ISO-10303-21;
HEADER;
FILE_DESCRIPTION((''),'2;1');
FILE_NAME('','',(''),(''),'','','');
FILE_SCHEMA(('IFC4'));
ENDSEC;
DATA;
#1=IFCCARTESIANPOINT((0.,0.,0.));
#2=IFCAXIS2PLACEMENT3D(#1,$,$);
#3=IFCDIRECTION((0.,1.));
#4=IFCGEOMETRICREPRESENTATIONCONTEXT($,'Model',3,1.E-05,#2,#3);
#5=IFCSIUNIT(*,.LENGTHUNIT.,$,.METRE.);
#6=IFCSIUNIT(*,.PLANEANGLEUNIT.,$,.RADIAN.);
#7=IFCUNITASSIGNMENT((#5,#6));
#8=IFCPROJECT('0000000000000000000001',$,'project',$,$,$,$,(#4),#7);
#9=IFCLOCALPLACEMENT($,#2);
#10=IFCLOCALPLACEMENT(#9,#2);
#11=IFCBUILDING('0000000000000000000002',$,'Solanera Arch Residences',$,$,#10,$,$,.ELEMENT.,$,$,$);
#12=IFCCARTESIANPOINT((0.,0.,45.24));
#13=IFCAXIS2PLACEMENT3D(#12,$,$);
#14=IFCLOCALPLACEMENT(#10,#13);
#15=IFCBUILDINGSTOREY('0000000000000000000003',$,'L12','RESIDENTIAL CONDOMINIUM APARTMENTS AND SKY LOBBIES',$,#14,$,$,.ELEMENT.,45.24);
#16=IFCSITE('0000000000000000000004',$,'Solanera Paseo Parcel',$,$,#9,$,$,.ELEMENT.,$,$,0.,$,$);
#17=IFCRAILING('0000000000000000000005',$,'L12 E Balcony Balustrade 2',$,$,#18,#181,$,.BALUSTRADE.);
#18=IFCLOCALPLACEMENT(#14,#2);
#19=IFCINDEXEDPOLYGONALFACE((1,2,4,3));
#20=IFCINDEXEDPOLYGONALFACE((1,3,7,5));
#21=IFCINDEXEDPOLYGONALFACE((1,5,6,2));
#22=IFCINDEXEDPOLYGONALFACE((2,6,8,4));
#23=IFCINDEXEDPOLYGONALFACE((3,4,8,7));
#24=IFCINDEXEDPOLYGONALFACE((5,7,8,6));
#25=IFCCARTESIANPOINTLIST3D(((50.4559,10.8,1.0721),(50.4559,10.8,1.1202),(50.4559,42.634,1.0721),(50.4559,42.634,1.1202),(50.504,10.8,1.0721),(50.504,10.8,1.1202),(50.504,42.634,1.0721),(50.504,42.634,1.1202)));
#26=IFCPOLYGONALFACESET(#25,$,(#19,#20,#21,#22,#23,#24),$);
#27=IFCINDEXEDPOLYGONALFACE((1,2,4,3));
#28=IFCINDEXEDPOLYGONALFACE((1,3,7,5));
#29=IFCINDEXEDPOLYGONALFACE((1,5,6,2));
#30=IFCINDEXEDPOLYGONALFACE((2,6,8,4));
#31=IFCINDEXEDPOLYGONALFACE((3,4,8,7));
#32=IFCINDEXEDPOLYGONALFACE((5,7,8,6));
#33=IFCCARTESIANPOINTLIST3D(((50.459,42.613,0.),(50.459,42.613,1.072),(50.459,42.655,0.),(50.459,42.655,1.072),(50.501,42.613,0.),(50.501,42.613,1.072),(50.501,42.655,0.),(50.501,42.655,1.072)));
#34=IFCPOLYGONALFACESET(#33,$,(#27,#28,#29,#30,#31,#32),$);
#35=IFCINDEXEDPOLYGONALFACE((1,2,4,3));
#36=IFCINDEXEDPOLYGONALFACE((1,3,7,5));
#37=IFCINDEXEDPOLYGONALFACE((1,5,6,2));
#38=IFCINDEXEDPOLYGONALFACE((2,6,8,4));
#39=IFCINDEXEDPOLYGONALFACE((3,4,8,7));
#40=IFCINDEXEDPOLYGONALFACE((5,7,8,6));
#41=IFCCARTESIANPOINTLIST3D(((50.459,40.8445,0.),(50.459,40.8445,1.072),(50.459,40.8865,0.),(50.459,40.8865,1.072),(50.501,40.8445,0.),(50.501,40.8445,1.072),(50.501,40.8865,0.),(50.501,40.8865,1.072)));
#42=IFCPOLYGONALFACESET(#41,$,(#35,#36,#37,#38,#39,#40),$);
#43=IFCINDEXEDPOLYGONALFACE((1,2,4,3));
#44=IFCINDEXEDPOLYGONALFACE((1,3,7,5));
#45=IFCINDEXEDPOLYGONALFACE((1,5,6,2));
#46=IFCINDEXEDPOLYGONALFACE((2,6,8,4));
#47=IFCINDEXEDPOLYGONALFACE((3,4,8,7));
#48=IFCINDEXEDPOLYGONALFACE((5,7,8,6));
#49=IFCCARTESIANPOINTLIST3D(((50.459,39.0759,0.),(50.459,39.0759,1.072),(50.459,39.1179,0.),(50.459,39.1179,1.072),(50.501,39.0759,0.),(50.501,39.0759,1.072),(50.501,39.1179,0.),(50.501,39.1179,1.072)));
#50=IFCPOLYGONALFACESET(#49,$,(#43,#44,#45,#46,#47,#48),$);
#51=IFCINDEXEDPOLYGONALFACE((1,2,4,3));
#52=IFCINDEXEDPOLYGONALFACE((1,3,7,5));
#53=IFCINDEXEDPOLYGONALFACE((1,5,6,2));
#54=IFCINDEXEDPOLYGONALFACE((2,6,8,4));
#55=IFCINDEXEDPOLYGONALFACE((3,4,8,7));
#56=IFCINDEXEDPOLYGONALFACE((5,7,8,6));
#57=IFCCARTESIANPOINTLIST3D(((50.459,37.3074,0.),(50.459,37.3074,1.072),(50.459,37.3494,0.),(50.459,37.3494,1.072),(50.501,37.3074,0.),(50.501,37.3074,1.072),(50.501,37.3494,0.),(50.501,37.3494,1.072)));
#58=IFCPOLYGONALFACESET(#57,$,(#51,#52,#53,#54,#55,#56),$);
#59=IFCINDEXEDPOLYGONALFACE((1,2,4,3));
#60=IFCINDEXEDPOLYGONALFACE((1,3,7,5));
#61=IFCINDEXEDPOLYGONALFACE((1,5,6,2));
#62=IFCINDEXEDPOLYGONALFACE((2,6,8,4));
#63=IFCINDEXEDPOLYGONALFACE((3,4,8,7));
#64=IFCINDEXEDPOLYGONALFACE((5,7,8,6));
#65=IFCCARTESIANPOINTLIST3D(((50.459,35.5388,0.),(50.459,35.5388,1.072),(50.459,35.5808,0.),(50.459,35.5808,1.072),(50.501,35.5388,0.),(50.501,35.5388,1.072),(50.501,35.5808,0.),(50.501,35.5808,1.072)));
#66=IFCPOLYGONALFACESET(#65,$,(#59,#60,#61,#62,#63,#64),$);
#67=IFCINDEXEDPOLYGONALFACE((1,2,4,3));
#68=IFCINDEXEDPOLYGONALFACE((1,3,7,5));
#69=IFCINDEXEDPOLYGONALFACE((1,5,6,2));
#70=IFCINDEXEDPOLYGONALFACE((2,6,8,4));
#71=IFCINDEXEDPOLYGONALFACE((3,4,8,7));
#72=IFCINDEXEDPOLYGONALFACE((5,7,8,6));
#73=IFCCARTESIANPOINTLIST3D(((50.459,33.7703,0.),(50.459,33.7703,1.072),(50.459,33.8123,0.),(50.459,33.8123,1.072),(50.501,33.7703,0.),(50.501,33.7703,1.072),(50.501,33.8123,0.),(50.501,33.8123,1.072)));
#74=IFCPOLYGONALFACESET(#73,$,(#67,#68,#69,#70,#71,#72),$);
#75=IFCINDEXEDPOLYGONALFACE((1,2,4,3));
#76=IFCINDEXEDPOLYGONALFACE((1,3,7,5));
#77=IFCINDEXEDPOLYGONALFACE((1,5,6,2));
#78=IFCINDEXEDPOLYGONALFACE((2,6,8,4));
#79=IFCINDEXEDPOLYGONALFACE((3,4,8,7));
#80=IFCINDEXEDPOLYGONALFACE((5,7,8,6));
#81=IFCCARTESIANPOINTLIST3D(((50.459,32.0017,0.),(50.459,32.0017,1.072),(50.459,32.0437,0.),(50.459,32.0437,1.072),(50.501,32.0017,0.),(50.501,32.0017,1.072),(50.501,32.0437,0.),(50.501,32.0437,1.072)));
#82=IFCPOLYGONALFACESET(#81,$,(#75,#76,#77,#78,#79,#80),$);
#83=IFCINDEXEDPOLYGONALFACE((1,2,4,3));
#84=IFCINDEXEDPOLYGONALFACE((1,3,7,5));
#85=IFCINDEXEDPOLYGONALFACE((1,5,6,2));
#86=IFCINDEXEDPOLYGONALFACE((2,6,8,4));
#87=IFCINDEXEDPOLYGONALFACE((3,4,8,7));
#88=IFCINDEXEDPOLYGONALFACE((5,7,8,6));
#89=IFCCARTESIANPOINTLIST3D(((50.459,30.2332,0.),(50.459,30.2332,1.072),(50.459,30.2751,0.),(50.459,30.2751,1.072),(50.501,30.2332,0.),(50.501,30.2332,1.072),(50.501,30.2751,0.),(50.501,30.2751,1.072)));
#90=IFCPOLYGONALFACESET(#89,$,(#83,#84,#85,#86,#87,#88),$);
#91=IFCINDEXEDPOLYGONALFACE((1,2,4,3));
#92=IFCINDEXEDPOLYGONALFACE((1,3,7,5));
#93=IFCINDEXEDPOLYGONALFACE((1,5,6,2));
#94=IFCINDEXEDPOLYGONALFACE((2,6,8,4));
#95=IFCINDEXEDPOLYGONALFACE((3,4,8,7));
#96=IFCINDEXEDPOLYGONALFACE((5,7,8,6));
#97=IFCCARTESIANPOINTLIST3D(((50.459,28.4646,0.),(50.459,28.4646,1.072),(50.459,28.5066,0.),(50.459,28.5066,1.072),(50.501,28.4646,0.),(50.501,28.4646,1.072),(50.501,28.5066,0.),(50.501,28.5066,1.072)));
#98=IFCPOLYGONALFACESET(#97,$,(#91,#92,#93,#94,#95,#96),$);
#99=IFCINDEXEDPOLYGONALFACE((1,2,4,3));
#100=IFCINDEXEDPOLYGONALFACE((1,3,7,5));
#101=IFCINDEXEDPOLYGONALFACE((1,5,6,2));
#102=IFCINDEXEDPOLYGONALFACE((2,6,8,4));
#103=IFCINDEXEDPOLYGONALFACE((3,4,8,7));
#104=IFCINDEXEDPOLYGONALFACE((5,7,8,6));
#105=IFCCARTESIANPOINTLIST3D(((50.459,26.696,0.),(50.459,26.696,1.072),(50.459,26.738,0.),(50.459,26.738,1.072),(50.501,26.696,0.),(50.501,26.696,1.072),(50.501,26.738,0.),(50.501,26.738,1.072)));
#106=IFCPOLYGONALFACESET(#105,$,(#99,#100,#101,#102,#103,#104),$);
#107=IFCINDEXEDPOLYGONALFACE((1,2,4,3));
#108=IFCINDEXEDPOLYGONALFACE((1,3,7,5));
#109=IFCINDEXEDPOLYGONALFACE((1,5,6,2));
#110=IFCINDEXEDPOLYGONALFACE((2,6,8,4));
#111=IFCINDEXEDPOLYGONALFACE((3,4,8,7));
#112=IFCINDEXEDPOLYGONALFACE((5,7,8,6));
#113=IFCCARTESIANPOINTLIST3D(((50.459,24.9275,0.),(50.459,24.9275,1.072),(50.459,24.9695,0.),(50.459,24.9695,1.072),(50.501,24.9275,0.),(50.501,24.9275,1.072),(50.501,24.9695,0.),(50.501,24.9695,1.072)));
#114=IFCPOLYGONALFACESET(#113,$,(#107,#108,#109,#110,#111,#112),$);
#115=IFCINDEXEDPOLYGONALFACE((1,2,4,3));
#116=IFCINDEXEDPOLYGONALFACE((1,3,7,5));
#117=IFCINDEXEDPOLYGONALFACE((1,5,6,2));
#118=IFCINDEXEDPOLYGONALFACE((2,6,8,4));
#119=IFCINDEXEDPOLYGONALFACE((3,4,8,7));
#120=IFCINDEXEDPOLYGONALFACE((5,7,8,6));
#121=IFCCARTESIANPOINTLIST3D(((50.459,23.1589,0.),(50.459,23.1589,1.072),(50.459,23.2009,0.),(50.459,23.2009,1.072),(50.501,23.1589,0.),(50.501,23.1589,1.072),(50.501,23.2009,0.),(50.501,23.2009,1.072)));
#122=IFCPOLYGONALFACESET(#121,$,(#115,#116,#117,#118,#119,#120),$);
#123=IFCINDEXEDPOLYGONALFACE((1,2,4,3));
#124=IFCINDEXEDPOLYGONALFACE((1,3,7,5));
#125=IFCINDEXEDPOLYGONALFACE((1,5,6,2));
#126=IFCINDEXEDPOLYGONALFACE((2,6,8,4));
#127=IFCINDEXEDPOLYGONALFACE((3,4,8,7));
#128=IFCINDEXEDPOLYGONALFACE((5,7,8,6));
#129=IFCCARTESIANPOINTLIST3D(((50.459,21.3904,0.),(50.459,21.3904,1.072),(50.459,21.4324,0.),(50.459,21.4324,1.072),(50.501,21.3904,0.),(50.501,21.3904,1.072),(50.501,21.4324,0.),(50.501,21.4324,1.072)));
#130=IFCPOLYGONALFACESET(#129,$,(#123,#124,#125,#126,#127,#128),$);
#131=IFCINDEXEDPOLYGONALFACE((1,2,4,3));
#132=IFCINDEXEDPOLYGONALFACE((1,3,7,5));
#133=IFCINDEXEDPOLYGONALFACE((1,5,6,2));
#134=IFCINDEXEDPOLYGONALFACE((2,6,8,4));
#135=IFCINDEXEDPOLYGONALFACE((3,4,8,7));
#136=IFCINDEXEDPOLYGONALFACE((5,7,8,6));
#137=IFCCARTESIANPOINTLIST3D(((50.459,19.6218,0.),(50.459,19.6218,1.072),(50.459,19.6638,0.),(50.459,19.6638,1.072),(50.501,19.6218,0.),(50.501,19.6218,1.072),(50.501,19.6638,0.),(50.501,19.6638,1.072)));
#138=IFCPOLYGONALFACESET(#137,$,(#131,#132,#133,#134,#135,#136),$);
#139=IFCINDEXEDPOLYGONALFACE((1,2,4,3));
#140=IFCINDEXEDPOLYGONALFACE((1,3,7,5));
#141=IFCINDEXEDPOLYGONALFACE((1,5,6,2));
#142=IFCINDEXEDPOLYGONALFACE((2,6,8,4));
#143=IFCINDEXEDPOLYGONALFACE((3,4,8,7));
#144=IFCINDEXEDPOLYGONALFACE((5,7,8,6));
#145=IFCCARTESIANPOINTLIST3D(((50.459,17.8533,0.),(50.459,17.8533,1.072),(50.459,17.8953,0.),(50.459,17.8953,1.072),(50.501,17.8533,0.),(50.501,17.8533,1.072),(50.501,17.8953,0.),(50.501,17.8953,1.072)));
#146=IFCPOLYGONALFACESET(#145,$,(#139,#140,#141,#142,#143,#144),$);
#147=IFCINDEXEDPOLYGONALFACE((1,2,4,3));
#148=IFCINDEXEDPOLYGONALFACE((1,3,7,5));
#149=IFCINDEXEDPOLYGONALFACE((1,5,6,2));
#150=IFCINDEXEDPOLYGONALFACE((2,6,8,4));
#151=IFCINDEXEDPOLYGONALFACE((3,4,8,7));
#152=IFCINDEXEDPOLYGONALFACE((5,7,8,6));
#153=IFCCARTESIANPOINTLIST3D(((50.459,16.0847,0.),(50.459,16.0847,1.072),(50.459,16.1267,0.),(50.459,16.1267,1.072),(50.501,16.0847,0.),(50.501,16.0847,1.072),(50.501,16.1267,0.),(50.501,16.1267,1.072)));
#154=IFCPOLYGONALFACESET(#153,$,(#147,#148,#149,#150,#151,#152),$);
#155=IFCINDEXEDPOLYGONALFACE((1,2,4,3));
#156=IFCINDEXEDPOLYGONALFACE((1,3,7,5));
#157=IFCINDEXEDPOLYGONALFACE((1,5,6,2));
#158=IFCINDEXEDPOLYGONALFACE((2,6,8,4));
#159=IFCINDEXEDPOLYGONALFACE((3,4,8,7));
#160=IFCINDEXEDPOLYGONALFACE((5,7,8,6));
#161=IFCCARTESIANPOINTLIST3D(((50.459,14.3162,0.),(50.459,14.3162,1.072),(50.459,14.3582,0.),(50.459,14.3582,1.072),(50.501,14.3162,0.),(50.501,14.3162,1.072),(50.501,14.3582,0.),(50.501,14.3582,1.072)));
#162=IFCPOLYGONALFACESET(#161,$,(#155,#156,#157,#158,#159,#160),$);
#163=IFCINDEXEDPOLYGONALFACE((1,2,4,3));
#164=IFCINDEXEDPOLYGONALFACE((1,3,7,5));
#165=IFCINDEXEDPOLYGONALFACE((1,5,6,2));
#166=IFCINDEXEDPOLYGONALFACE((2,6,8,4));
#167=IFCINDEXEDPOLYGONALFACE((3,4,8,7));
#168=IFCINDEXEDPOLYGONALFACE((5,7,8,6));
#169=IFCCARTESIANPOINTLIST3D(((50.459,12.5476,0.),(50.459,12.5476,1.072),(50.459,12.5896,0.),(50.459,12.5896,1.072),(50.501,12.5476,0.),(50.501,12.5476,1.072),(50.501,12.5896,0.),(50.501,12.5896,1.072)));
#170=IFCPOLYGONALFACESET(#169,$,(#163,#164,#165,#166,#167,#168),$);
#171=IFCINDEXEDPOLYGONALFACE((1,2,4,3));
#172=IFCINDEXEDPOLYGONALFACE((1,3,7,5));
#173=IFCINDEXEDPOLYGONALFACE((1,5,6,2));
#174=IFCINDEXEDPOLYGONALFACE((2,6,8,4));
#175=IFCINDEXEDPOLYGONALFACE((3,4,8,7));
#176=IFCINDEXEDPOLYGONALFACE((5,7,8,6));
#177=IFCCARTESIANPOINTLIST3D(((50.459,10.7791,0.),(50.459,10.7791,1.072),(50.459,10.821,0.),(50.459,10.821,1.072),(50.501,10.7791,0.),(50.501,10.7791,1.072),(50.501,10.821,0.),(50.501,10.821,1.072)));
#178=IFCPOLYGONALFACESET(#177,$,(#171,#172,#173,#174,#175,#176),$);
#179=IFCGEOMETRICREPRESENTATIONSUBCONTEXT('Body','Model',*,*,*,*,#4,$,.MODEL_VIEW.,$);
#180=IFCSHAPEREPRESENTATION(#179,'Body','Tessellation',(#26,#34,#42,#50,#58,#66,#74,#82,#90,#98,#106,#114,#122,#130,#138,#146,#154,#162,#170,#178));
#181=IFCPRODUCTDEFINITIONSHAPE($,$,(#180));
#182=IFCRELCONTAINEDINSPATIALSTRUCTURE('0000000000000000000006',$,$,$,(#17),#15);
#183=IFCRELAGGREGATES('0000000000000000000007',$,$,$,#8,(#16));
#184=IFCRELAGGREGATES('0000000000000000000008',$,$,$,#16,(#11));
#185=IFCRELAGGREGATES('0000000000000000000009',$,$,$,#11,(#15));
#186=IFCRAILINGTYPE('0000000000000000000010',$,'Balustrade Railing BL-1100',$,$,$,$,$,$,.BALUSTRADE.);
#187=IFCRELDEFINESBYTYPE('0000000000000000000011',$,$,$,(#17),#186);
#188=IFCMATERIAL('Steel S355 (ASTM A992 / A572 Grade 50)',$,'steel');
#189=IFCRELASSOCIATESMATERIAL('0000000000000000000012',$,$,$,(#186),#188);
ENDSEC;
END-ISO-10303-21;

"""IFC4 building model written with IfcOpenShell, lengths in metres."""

from ifc_helpers import new_model, si_unit, direction, frame, origin, origin_2d, place, context, subcontext, project, spatial, rectangle, extrude, material, type_object, element, save


model = new_model("IFC4")

# Units and contexts
model_context = context("Model", 3, precision=1e-05, world=origin(), true_north=direction((0.0, 1.0)))
body_context = subcontext(model_context, "Body", "Model", "MODEL_VIEW")
ifc_project = project(units=[si_unit("LENGTHUNIT", "METRE"), si_unit("PLANEANGLEUNIT", "RADIAN")], contexts=[model_context])

# Site, building, storey
site_placement = place(None, origin())
site = spatial("IfcSite", under=ifc_project, at=site_placement, Name="Solanera Paseo Parcel", CompositionType="ELEMENT", RefElevation=0.0)
building_placement = place(site_placement, origin())
building = spatial("IfcBuilding", under=site, at=building_placement, Name="Solanera Arch Residences", CompositionType="ELEMENT")
storey_placement = place(building_placement, frame((0.0, 0.0, 45.24)))
storey = spatial("IfcBuildingStorey", under=building, at=storey_placement, Name="L12", Description="RESIDENTIAL CONDOMINIUM APARTMENTS AND SKY LOBBIES", CompositionType="ELEMENT", Elevation=45.24)

# Railing
ifc_material_1 = material(Name="Steel S355 (ASTM A992 / A572 Grade 50)", Category="steel")
railing_type = type_object("IfcRailingType", Name="Balustrade Railing BL-1100", PredefinedType="BALUSTRADE", material=ifc_material_1)
railing_1_placement = place(storey_placement, frame((50.48, 42.634, 0.0)))
element("IfcRailing", 1, at=railing_1_placement, inside=storey, type_object=railing_type, Name="L12 E Balcony Balustrade 2", PredefinedType="BALUSTRADE", context=body_context, shape_type="SweptSolid", body=[
    extrude(rectangle(XDim=0.0481, YDim=0.0481, at=origin_2d()), frame((0.0, 0.0, 1.0962), z_axis=(0.0, -1.0, 0.0), x_axis=(1.0, 0.0, 0.0)), (0.0, 0.0, 1.0), 31.834),
    extrude(rectangle(XDim=0.042, YDim=0.042, at=origin_2d()), origin(), (0.0, 0.0, 1.0), 1.072),
    extrude(rectangle(XDim=0.042, YDim=0.042, at=origin_2d()), frame((0.0, -1.7686, 0.0)), (0.0, 0.0, 1.0), 1.072),
    extrude(rectangle(XDim=0.042, YDim=0.042, at=origin_2d()), frame((0.0, -3.5371, 0.0)), (0.0, 0.0, 1.0), 1.072),
    extrude(rectangle(XDim=0.042, YDim=0.042, at=origin_2d()), frame((0.0, -5.3057, 0.0)), (0.0, 0.0, 1.0), 1.072),
    extrude(rectangle(XDim=0.042, YDim=0.042, at=origin_2d()), frame((0.0, -7.0742, 0.0)), (0.0, 0.0, 1.0), 1.072),
    extrude(rectangle(XDim=0.042, YDim=0.042, at=origin_2d()), frame((0.0, -8.8428, 0.0)), (0.0, 0.0, 1.0), 1.072),
    extrude(rectangle(XDim=0.042, YDim=0.042, at=origin_2d()), frame((0.0, -10.6113, 0.0)), (0.0, 0.0, 1.0), 1.072),
    extrude(rectangle(XDim=0.042, YDim=0.042, at=origin_2d()), frame((0.0, -12.3799, 0.0)), (0.0, 0.0, 1.0), 1.072),
    extrude(rectangle(XDim=0.042, YDim=0.042, at=origin_2d()), frame((0.0, -14.1484, 0.0)), (0.0, 0.0, 1.0), 1.072),
    extrude(rectangle(XDim=0.042, YDim=0.042, at=origin_2d()), frame((0.0, -15.917, 0.0)), (0.0, 0.0, 1.0), 1.072),
    extrude(rectangle(XDim=0.042, YDim=0.042, at=origin_2d()), frame((0.0, -17.6855, 0.0)), (0.0, 0.0, 1.0), 1.072),
    extrude(rectangle(XDim=0.042, YDim=0.042, at=origin_2d()), frame((0.0, -19.4541, 0.0)), (0.0, 0.0, 1.0), 1.072),
    extrude(rectangle(XDim=0.042, YDim=0.042, at=origin_2d()), frame((0.0, -21.2227, 0.0)), (0.0, 0.0, 1.0), 1.072),
    extrude(rectangle(XDim=0.042, YDim=0.042, at=origin_2d()), frame((0.0, -22.9912, 0.0)), (0.0, 0.0, 1.0), 1.072),
    extrude(rectangle(XDim=0.042, YDim=0.042, at=origin_2d()), frame((0.0, -24.7598, 0.0)), (0.0, 0.0, 1.0), 1.072),
    extrude(rectangle(XDim=0.042, YDim=0.042, at=origin_2d()), frame((0.0, -26.5283, 0.0)), (0.0, 0.0, 1.0), 1.072),
    extrude(rectangle(XDim=0.042, YDim=0.042, at=origin_2d()), frame((0.0, -28.2969, 0.0)), (0.0, 0.0, 1.0), 1.072),
    extrude(rectangle(XDim=0.042, YDim=0.042, at=origin_2d()), frame((0.0, -30.0654, 0.0)), (0.0, 0.0, 1.0), 1.072),
    extrude(rectangle(XDim=0.042, YDim=0.042, at=origin_2d()), frame((0.0, -31.834, 0.0)), (0.0, 0.0, 1.0), 1.072),
])

save(model, "model.ifc")
